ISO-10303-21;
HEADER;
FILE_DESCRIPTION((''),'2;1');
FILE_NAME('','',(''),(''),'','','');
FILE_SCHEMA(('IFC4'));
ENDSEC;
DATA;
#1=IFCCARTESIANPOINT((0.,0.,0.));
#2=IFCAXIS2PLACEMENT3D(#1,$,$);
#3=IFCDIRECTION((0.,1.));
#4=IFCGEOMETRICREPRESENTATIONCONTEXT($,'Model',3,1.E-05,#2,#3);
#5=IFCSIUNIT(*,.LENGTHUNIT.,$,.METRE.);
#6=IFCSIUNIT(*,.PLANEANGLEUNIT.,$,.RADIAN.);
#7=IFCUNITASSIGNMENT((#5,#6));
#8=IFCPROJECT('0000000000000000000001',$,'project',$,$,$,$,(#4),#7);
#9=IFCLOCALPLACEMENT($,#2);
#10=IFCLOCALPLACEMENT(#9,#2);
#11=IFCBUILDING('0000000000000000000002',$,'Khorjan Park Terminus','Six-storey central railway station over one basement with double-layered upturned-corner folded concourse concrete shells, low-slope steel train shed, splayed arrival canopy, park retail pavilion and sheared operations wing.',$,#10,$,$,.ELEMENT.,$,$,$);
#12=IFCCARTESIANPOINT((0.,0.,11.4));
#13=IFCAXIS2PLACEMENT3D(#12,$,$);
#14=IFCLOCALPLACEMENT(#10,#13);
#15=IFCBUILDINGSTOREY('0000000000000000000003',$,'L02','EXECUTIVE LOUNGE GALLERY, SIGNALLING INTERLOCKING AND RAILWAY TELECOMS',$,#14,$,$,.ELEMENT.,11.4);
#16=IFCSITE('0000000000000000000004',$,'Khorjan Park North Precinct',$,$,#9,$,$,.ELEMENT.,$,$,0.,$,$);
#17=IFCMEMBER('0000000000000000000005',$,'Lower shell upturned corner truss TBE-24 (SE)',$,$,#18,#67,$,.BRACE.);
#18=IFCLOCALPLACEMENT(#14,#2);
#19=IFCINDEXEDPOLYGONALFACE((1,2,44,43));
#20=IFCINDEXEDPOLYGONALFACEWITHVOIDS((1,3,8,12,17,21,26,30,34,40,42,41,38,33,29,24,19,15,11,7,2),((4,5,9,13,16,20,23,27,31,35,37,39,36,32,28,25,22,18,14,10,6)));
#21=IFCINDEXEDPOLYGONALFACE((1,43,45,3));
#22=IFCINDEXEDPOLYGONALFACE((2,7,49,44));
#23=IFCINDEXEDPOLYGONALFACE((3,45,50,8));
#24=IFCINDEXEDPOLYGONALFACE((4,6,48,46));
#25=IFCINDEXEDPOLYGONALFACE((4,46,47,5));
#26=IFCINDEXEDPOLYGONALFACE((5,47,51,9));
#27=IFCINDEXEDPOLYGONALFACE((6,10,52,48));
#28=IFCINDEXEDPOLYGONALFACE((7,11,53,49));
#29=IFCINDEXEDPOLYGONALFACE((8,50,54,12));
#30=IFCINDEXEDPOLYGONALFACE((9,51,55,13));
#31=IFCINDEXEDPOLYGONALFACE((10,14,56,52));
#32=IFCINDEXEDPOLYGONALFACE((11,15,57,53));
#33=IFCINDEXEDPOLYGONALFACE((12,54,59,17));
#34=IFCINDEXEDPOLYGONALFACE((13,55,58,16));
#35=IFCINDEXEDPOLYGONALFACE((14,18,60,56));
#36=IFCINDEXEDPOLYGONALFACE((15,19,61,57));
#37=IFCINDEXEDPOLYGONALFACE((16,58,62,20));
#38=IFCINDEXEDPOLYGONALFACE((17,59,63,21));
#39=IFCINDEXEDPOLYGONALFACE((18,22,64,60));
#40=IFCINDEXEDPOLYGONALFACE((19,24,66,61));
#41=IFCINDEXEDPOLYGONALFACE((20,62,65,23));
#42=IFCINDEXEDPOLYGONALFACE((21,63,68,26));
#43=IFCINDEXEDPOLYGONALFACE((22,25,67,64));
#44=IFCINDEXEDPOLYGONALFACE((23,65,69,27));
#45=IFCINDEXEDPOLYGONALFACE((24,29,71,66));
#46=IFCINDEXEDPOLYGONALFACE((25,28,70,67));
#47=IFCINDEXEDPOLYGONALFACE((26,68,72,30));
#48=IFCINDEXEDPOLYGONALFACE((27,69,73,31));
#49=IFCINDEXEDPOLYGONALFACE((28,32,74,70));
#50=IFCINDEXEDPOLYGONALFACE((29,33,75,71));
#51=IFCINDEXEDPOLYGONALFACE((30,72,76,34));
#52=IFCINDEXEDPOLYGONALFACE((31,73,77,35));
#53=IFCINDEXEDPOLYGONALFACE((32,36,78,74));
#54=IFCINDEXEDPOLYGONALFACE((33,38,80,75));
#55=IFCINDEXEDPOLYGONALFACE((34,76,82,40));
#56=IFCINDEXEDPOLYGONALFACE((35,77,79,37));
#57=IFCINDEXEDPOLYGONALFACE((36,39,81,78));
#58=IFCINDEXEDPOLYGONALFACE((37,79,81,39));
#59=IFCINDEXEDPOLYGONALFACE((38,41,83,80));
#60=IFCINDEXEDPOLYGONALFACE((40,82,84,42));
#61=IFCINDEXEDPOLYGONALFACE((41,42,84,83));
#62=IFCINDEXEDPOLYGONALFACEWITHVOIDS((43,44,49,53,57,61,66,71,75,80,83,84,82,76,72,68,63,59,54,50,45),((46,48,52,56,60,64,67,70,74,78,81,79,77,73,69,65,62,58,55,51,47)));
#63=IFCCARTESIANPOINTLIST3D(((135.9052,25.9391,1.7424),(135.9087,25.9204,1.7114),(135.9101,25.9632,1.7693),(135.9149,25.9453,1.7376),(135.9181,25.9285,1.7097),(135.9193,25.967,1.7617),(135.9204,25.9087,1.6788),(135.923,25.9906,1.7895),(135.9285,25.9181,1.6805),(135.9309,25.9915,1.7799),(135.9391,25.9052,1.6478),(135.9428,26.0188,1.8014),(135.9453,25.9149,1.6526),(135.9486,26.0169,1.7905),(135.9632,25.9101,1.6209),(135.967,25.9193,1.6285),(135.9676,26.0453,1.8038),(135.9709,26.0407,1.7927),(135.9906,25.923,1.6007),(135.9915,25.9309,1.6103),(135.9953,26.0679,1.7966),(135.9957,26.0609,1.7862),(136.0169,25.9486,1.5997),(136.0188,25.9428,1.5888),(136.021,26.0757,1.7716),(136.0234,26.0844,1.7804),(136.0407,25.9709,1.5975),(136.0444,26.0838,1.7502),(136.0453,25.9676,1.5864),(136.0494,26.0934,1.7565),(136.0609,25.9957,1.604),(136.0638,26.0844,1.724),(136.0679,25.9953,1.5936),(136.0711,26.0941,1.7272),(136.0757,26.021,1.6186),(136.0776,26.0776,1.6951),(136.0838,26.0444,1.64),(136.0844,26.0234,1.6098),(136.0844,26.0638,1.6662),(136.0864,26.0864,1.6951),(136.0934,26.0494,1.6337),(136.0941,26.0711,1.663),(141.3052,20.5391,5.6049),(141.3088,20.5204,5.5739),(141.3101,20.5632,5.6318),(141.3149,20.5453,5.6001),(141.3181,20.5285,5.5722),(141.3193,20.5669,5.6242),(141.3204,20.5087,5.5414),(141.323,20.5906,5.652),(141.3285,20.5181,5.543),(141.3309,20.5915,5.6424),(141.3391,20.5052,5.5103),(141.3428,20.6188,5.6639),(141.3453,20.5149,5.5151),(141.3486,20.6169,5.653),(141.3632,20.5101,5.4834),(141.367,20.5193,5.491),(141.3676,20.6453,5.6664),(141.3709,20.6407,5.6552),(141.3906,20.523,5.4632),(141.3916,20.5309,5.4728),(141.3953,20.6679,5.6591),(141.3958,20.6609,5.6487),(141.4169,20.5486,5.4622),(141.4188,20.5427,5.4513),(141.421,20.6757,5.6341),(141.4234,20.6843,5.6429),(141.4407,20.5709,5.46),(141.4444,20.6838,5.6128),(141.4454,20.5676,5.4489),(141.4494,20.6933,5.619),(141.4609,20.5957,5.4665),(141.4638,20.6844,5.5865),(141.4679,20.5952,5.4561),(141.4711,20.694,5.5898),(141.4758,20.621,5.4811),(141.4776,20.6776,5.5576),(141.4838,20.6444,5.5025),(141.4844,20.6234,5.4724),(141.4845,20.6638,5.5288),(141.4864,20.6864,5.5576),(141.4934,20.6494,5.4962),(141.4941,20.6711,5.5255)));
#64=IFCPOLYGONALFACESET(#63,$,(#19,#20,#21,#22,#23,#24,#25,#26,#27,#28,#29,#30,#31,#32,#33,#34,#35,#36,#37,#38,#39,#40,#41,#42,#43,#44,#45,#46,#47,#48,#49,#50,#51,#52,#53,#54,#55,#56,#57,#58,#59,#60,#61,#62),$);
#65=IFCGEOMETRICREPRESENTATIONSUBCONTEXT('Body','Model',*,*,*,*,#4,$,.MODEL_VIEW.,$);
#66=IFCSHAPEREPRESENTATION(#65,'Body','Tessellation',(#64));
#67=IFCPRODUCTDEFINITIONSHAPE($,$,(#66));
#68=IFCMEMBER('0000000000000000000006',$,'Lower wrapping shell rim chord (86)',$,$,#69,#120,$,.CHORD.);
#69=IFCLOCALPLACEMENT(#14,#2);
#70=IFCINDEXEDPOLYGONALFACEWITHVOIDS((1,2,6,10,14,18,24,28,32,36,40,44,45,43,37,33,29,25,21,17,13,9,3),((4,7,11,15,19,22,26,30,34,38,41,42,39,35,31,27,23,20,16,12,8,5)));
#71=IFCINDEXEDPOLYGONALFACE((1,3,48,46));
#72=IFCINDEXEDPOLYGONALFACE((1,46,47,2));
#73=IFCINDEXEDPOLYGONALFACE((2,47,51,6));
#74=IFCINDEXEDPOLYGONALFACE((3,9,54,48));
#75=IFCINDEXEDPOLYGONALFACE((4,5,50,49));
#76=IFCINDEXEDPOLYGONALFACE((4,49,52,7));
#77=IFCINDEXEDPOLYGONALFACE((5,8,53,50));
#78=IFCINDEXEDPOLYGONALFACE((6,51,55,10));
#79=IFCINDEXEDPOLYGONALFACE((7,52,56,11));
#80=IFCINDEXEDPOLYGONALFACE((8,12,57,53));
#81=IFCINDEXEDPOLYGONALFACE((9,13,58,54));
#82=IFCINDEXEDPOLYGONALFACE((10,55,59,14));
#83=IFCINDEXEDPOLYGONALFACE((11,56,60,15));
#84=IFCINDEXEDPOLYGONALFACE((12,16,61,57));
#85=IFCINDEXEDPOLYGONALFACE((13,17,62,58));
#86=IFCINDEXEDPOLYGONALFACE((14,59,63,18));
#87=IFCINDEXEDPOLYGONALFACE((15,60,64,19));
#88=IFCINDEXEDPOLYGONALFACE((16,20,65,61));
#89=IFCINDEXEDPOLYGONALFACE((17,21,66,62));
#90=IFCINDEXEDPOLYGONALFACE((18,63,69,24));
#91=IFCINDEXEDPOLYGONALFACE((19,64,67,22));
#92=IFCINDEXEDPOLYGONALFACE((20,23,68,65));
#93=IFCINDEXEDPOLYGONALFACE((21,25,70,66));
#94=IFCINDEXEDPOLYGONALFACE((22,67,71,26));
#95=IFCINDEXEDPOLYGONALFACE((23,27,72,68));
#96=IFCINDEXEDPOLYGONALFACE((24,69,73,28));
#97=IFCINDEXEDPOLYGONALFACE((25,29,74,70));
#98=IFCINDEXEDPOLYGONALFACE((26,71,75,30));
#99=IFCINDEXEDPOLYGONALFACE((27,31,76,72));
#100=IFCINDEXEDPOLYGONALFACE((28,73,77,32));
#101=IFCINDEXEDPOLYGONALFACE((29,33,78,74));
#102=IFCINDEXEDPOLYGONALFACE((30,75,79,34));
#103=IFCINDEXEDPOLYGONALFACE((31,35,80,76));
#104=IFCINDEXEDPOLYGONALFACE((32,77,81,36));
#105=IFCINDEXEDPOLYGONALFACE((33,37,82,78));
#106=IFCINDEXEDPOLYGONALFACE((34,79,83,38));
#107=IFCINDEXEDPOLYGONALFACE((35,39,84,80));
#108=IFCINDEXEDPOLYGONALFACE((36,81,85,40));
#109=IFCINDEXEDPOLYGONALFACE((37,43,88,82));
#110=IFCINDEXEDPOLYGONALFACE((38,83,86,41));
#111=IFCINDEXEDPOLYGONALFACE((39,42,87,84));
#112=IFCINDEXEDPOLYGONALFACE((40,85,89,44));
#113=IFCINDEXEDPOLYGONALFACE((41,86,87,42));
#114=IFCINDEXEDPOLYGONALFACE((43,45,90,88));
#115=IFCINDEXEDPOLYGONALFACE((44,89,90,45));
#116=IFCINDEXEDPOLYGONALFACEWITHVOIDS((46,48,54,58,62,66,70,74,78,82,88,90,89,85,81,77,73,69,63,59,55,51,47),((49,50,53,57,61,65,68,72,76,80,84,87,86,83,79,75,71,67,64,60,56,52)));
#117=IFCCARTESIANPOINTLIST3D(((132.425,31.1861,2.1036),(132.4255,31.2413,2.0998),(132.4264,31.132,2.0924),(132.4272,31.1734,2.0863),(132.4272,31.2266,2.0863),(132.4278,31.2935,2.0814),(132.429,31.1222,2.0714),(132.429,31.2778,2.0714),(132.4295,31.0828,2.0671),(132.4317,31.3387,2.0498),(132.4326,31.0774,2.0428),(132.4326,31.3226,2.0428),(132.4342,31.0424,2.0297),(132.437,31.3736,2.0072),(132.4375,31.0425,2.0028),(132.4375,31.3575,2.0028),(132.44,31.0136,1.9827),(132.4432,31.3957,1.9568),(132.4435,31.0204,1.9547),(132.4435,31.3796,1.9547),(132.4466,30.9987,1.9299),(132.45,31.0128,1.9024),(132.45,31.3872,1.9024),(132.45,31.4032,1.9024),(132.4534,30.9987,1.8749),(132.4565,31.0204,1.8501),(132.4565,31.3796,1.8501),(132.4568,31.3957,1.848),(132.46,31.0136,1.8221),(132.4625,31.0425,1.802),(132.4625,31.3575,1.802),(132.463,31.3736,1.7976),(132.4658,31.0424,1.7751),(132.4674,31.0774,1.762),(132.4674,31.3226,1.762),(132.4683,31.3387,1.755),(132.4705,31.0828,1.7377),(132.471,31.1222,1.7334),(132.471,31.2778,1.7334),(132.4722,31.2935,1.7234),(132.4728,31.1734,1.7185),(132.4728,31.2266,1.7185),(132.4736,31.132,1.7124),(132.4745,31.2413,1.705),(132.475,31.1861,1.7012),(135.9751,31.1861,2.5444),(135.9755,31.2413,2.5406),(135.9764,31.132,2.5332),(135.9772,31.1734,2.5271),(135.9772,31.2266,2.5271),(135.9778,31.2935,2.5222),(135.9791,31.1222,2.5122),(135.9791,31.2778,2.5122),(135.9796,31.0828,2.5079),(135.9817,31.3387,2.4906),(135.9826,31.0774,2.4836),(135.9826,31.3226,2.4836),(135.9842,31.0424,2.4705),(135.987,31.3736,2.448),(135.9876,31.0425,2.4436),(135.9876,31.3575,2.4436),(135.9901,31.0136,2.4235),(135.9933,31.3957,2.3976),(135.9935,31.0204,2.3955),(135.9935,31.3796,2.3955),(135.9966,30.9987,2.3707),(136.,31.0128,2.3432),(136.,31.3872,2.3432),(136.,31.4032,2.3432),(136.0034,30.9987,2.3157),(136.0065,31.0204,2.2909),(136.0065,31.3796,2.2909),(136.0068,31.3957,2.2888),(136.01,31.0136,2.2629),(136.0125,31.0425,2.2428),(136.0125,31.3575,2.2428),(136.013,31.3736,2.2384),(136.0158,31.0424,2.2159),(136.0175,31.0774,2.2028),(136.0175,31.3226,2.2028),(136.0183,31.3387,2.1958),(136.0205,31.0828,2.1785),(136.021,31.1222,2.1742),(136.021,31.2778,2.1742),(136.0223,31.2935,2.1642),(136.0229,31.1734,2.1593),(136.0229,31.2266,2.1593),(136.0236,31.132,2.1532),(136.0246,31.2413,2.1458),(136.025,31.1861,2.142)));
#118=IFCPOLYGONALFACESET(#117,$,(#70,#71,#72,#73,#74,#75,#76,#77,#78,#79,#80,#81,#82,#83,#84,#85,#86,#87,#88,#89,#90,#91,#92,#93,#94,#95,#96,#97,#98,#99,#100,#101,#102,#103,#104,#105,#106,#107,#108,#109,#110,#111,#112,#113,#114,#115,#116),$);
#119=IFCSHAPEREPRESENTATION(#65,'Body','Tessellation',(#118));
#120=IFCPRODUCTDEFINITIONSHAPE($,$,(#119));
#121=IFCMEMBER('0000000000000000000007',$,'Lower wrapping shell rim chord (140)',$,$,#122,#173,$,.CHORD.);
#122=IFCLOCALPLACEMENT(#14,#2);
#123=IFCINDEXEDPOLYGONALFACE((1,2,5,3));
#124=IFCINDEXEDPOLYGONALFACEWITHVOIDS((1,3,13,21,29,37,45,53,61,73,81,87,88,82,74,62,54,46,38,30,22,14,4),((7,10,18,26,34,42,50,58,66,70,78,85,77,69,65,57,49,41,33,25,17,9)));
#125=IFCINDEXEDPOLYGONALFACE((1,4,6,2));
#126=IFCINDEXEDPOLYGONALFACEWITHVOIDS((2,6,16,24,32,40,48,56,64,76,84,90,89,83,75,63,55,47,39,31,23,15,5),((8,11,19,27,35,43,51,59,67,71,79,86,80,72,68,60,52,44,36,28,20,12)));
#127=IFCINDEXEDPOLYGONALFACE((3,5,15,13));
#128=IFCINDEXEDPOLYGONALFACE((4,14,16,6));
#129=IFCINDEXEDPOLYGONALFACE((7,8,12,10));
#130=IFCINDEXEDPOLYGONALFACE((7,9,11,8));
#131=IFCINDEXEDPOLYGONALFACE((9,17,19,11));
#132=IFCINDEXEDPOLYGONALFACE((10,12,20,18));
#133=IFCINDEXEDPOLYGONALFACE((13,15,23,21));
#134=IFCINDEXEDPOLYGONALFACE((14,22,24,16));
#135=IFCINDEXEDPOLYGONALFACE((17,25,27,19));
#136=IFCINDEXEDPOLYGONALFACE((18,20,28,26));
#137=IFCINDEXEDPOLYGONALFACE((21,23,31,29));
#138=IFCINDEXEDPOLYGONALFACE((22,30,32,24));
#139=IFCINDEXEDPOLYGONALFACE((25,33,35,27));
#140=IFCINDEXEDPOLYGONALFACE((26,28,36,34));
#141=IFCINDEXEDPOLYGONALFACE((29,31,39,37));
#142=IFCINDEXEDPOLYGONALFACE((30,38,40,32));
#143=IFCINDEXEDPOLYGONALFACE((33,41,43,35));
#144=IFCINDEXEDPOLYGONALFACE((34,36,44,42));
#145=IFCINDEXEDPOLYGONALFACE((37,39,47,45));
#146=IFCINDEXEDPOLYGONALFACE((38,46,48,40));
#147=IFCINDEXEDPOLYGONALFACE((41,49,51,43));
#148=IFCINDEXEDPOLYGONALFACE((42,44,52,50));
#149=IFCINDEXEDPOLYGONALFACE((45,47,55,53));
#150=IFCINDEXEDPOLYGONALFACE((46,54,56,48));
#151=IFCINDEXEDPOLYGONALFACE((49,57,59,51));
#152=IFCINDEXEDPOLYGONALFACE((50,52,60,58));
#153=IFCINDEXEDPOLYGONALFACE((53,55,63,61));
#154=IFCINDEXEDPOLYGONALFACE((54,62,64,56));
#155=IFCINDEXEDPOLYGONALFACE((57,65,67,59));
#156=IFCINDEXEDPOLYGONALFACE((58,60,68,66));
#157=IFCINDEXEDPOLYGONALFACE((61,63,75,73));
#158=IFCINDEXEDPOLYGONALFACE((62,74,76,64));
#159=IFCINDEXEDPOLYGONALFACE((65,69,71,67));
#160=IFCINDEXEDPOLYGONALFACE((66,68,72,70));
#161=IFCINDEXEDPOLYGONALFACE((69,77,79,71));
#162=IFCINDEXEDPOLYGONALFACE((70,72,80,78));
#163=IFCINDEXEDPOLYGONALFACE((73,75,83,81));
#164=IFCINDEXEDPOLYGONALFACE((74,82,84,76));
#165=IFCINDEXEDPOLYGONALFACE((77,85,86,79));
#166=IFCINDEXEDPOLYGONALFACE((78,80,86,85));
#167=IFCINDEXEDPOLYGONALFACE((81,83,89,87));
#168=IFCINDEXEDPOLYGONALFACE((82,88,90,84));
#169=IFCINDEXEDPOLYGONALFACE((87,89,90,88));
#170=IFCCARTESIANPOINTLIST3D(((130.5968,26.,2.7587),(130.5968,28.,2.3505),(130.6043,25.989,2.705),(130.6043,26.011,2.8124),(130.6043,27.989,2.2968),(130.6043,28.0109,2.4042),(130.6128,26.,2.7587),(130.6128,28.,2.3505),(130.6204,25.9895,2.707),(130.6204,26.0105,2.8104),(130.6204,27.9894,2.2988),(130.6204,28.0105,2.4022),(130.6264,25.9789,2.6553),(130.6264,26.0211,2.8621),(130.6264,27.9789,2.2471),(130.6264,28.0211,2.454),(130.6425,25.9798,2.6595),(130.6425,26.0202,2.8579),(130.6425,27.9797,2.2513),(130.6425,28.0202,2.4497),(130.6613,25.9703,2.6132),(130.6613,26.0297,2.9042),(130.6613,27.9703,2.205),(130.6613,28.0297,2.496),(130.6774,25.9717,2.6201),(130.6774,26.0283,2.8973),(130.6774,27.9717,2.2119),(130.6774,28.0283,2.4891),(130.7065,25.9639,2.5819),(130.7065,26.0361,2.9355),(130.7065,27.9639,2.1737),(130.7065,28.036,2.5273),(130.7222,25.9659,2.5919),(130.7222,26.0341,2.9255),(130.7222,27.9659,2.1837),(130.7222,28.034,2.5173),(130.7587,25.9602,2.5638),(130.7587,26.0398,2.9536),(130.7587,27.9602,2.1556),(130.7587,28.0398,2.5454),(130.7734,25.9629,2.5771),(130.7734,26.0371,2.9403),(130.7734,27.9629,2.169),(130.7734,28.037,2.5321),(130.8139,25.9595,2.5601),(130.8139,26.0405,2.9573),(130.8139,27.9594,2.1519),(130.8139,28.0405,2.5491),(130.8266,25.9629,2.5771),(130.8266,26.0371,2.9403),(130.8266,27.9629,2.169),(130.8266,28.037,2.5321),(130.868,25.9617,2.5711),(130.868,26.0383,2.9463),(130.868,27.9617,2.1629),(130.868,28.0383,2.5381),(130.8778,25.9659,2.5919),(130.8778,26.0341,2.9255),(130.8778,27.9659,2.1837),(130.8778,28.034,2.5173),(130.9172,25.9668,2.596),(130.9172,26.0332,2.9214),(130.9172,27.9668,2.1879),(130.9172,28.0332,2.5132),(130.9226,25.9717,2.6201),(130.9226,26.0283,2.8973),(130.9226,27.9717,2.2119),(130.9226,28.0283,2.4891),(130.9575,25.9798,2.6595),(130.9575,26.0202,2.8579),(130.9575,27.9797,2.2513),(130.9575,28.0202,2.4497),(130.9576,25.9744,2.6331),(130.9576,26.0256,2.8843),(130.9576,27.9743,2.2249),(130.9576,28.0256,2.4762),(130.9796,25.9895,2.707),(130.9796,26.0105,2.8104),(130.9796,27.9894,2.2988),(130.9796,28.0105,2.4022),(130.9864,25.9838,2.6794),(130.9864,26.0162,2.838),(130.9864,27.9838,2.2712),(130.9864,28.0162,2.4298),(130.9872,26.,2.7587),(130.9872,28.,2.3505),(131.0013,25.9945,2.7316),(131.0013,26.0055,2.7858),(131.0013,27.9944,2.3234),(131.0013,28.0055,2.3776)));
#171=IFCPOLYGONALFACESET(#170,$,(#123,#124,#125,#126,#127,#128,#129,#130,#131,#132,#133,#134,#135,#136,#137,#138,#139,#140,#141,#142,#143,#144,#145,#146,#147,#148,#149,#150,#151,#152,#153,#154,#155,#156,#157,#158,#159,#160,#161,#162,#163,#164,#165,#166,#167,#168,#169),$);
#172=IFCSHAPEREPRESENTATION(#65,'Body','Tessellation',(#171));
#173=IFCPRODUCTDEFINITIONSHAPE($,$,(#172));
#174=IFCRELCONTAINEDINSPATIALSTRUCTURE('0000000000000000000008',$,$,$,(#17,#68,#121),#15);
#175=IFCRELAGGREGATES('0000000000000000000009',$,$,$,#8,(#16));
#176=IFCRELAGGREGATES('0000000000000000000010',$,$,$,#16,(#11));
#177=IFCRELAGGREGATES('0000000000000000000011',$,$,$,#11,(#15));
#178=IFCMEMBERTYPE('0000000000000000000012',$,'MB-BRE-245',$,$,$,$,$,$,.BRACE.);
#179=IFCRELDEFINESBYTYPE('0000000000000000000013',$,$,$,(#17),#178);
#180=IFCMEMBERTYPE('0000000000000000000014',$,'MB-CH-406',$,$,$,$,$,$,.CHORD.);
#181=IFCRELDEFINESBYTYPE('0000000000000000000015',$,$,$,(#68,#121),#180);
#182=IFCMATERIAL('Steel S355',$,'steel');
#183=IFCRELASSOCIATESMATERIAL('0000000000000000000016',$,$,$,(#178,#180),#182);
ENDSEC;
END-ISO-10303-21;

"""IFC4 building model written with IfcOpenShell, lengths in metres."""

from ifc_helpers import new_model, si_unit, direction, frame, origin, origin_2d, place, context, subcontext, project, spatial, hollow_circle, extrude, material, material_profile, profile_set, type_object, element, save


model = new_model("IFC4")

# Units and contexts
model_context = context("Model", 3, precision=1e-05, world=origin(), true_north=direction((0.0, 1.0)))
body_context = subcontext(model_context, "Body", "Model", "MODEL_VIEW")
ifc_project = project(units=[si_unit("LENGTHUNIT", "METRE"), si_unit("PLANEANGLEUNIT", "RADIAN")], contexts=[model_context])

# Site, building, storey
site_placement = place(None, origin())
site = spatial("IfcSite", under=ifc_project, at=site_placement, Name="Khorjan Park North Precinct", CompositionType="ELEMENT", RefElevation=0.0)
building_placement = place(site_placement, origin())
building = spatial("IfcBuilding", under=site, at=building_placement, Name="Khorjan Park Terminus", Description="Six-storey central railway station over one basement with double-layered upturned-corner folded concourse concrete shells, low-slope steel train shed, splayed arrival canopy, park retail pavilion and sheared operations wing.", CompositionType="ELEMENT")
storey_placement = place(building_placement, frame((0.0, 0.0, 11.4)))
storey = spatial("IfcBuildingStorey", under=building, at=storey_placement, Name="L02", Description="EXECUTIVE LOUNGE GALLERY, SIGNALLING INTERLOCKING AND RAILWAY TELECOMS", CompositionType="ELEMENT", Elevation=11.4)

# Members
ifc_material_1 = material(Name="Steel S355", Category="steel")
ifc_material_profile_1 = material_profile(ifc_material_1, hollow_circle(Radius=0.1222, WallThickness=0.0125, at=origin_2d()), Name="CHS 244.5x12.5")
ifc_profile_set_1 = profile_set([ifc_material_profile_1], Name="Steel S355")
member_type_1 = type_object("IfcMemberType", Name="MB-BRE-245", PredefinedType="BRACE", material=ifc_profile_set_1)
member_1_placement = place(storey_placement, frame((136.0, 26.0, 1.6951), z_axis=(0.630991, -0.630991, 0.451333), x_axis=(0.707107, 0.707107, 0.0)))
element("IfcMember", 1, at=member_1_placement, inside=storey, type_object=member_type_1, Name="Lower shell upturned corner truss TBE-24 (SE)", PredefinedType="BRACE", context=body_context, shape_type="SweptSolid", body=[
    extrude(hollow_circle(Radius=0.1222, WallThickness=0.0125, at=origin_2d()), origin(), (0.0, 0.0, 1.0), 8.558),
])
ifc_material_profile_2 = material_profile(ifc_material_1, hollow_circle(Radius=0.2032, WallThickness=0.016, at=origin_2d()), Name="CHS 406.4x16")
ifc_profile_set_2 = profile_set([ifc_material_profile_2], Name="Steel S355")
member_type_2 = type_object("IfcMemberType", Name="MB-CH-406", PredefinedType="CHORD", material=ifc_profile_set_2)
member_2_placement = place(storey_placement, frame((132.45, 31.2, 1.9024), z_axis=(0.992379, 0.0, 0.123223), x_axis=(0.0, 1.0, 0.0)))
element("IfcMember", 2, at=member_2_placement, inside=storey, type_object=member_type_2, Name="Lower wrapping shell rim chord (86)", PredefinedType="CHORD", context=body_context, shape_type="SweptSolid", body=[
    extrude(hollow_circle(Radius=0.2032, WallThickness=0.016, at=origin_2d()), origin(), (0.0, 0.0, 1.0), 3.5773),
])
member_3_placement = place(storey_placement, frame((130.8, 26.0, 2.7587), z_axis=(0.0, 0.979801, -0.199977), x_axis=(-1.0, 0.0, 0.0)))
element("IfcMember", 3, at=member_3_placement, inside=storey, type_object=member_type_2, Name="Lower wrapping shell rim chord (140)", PredefinedType="CHORD", context=body_context, shape_type="SweptSolid", body=[
    extrude(hollow_circle(Radius=0.2032, WallThickness=0.016, at=origin_2d()), origin(), (0.0, 0.0, 1.0), 2.0412),
])

save(model, "model.ifc")
